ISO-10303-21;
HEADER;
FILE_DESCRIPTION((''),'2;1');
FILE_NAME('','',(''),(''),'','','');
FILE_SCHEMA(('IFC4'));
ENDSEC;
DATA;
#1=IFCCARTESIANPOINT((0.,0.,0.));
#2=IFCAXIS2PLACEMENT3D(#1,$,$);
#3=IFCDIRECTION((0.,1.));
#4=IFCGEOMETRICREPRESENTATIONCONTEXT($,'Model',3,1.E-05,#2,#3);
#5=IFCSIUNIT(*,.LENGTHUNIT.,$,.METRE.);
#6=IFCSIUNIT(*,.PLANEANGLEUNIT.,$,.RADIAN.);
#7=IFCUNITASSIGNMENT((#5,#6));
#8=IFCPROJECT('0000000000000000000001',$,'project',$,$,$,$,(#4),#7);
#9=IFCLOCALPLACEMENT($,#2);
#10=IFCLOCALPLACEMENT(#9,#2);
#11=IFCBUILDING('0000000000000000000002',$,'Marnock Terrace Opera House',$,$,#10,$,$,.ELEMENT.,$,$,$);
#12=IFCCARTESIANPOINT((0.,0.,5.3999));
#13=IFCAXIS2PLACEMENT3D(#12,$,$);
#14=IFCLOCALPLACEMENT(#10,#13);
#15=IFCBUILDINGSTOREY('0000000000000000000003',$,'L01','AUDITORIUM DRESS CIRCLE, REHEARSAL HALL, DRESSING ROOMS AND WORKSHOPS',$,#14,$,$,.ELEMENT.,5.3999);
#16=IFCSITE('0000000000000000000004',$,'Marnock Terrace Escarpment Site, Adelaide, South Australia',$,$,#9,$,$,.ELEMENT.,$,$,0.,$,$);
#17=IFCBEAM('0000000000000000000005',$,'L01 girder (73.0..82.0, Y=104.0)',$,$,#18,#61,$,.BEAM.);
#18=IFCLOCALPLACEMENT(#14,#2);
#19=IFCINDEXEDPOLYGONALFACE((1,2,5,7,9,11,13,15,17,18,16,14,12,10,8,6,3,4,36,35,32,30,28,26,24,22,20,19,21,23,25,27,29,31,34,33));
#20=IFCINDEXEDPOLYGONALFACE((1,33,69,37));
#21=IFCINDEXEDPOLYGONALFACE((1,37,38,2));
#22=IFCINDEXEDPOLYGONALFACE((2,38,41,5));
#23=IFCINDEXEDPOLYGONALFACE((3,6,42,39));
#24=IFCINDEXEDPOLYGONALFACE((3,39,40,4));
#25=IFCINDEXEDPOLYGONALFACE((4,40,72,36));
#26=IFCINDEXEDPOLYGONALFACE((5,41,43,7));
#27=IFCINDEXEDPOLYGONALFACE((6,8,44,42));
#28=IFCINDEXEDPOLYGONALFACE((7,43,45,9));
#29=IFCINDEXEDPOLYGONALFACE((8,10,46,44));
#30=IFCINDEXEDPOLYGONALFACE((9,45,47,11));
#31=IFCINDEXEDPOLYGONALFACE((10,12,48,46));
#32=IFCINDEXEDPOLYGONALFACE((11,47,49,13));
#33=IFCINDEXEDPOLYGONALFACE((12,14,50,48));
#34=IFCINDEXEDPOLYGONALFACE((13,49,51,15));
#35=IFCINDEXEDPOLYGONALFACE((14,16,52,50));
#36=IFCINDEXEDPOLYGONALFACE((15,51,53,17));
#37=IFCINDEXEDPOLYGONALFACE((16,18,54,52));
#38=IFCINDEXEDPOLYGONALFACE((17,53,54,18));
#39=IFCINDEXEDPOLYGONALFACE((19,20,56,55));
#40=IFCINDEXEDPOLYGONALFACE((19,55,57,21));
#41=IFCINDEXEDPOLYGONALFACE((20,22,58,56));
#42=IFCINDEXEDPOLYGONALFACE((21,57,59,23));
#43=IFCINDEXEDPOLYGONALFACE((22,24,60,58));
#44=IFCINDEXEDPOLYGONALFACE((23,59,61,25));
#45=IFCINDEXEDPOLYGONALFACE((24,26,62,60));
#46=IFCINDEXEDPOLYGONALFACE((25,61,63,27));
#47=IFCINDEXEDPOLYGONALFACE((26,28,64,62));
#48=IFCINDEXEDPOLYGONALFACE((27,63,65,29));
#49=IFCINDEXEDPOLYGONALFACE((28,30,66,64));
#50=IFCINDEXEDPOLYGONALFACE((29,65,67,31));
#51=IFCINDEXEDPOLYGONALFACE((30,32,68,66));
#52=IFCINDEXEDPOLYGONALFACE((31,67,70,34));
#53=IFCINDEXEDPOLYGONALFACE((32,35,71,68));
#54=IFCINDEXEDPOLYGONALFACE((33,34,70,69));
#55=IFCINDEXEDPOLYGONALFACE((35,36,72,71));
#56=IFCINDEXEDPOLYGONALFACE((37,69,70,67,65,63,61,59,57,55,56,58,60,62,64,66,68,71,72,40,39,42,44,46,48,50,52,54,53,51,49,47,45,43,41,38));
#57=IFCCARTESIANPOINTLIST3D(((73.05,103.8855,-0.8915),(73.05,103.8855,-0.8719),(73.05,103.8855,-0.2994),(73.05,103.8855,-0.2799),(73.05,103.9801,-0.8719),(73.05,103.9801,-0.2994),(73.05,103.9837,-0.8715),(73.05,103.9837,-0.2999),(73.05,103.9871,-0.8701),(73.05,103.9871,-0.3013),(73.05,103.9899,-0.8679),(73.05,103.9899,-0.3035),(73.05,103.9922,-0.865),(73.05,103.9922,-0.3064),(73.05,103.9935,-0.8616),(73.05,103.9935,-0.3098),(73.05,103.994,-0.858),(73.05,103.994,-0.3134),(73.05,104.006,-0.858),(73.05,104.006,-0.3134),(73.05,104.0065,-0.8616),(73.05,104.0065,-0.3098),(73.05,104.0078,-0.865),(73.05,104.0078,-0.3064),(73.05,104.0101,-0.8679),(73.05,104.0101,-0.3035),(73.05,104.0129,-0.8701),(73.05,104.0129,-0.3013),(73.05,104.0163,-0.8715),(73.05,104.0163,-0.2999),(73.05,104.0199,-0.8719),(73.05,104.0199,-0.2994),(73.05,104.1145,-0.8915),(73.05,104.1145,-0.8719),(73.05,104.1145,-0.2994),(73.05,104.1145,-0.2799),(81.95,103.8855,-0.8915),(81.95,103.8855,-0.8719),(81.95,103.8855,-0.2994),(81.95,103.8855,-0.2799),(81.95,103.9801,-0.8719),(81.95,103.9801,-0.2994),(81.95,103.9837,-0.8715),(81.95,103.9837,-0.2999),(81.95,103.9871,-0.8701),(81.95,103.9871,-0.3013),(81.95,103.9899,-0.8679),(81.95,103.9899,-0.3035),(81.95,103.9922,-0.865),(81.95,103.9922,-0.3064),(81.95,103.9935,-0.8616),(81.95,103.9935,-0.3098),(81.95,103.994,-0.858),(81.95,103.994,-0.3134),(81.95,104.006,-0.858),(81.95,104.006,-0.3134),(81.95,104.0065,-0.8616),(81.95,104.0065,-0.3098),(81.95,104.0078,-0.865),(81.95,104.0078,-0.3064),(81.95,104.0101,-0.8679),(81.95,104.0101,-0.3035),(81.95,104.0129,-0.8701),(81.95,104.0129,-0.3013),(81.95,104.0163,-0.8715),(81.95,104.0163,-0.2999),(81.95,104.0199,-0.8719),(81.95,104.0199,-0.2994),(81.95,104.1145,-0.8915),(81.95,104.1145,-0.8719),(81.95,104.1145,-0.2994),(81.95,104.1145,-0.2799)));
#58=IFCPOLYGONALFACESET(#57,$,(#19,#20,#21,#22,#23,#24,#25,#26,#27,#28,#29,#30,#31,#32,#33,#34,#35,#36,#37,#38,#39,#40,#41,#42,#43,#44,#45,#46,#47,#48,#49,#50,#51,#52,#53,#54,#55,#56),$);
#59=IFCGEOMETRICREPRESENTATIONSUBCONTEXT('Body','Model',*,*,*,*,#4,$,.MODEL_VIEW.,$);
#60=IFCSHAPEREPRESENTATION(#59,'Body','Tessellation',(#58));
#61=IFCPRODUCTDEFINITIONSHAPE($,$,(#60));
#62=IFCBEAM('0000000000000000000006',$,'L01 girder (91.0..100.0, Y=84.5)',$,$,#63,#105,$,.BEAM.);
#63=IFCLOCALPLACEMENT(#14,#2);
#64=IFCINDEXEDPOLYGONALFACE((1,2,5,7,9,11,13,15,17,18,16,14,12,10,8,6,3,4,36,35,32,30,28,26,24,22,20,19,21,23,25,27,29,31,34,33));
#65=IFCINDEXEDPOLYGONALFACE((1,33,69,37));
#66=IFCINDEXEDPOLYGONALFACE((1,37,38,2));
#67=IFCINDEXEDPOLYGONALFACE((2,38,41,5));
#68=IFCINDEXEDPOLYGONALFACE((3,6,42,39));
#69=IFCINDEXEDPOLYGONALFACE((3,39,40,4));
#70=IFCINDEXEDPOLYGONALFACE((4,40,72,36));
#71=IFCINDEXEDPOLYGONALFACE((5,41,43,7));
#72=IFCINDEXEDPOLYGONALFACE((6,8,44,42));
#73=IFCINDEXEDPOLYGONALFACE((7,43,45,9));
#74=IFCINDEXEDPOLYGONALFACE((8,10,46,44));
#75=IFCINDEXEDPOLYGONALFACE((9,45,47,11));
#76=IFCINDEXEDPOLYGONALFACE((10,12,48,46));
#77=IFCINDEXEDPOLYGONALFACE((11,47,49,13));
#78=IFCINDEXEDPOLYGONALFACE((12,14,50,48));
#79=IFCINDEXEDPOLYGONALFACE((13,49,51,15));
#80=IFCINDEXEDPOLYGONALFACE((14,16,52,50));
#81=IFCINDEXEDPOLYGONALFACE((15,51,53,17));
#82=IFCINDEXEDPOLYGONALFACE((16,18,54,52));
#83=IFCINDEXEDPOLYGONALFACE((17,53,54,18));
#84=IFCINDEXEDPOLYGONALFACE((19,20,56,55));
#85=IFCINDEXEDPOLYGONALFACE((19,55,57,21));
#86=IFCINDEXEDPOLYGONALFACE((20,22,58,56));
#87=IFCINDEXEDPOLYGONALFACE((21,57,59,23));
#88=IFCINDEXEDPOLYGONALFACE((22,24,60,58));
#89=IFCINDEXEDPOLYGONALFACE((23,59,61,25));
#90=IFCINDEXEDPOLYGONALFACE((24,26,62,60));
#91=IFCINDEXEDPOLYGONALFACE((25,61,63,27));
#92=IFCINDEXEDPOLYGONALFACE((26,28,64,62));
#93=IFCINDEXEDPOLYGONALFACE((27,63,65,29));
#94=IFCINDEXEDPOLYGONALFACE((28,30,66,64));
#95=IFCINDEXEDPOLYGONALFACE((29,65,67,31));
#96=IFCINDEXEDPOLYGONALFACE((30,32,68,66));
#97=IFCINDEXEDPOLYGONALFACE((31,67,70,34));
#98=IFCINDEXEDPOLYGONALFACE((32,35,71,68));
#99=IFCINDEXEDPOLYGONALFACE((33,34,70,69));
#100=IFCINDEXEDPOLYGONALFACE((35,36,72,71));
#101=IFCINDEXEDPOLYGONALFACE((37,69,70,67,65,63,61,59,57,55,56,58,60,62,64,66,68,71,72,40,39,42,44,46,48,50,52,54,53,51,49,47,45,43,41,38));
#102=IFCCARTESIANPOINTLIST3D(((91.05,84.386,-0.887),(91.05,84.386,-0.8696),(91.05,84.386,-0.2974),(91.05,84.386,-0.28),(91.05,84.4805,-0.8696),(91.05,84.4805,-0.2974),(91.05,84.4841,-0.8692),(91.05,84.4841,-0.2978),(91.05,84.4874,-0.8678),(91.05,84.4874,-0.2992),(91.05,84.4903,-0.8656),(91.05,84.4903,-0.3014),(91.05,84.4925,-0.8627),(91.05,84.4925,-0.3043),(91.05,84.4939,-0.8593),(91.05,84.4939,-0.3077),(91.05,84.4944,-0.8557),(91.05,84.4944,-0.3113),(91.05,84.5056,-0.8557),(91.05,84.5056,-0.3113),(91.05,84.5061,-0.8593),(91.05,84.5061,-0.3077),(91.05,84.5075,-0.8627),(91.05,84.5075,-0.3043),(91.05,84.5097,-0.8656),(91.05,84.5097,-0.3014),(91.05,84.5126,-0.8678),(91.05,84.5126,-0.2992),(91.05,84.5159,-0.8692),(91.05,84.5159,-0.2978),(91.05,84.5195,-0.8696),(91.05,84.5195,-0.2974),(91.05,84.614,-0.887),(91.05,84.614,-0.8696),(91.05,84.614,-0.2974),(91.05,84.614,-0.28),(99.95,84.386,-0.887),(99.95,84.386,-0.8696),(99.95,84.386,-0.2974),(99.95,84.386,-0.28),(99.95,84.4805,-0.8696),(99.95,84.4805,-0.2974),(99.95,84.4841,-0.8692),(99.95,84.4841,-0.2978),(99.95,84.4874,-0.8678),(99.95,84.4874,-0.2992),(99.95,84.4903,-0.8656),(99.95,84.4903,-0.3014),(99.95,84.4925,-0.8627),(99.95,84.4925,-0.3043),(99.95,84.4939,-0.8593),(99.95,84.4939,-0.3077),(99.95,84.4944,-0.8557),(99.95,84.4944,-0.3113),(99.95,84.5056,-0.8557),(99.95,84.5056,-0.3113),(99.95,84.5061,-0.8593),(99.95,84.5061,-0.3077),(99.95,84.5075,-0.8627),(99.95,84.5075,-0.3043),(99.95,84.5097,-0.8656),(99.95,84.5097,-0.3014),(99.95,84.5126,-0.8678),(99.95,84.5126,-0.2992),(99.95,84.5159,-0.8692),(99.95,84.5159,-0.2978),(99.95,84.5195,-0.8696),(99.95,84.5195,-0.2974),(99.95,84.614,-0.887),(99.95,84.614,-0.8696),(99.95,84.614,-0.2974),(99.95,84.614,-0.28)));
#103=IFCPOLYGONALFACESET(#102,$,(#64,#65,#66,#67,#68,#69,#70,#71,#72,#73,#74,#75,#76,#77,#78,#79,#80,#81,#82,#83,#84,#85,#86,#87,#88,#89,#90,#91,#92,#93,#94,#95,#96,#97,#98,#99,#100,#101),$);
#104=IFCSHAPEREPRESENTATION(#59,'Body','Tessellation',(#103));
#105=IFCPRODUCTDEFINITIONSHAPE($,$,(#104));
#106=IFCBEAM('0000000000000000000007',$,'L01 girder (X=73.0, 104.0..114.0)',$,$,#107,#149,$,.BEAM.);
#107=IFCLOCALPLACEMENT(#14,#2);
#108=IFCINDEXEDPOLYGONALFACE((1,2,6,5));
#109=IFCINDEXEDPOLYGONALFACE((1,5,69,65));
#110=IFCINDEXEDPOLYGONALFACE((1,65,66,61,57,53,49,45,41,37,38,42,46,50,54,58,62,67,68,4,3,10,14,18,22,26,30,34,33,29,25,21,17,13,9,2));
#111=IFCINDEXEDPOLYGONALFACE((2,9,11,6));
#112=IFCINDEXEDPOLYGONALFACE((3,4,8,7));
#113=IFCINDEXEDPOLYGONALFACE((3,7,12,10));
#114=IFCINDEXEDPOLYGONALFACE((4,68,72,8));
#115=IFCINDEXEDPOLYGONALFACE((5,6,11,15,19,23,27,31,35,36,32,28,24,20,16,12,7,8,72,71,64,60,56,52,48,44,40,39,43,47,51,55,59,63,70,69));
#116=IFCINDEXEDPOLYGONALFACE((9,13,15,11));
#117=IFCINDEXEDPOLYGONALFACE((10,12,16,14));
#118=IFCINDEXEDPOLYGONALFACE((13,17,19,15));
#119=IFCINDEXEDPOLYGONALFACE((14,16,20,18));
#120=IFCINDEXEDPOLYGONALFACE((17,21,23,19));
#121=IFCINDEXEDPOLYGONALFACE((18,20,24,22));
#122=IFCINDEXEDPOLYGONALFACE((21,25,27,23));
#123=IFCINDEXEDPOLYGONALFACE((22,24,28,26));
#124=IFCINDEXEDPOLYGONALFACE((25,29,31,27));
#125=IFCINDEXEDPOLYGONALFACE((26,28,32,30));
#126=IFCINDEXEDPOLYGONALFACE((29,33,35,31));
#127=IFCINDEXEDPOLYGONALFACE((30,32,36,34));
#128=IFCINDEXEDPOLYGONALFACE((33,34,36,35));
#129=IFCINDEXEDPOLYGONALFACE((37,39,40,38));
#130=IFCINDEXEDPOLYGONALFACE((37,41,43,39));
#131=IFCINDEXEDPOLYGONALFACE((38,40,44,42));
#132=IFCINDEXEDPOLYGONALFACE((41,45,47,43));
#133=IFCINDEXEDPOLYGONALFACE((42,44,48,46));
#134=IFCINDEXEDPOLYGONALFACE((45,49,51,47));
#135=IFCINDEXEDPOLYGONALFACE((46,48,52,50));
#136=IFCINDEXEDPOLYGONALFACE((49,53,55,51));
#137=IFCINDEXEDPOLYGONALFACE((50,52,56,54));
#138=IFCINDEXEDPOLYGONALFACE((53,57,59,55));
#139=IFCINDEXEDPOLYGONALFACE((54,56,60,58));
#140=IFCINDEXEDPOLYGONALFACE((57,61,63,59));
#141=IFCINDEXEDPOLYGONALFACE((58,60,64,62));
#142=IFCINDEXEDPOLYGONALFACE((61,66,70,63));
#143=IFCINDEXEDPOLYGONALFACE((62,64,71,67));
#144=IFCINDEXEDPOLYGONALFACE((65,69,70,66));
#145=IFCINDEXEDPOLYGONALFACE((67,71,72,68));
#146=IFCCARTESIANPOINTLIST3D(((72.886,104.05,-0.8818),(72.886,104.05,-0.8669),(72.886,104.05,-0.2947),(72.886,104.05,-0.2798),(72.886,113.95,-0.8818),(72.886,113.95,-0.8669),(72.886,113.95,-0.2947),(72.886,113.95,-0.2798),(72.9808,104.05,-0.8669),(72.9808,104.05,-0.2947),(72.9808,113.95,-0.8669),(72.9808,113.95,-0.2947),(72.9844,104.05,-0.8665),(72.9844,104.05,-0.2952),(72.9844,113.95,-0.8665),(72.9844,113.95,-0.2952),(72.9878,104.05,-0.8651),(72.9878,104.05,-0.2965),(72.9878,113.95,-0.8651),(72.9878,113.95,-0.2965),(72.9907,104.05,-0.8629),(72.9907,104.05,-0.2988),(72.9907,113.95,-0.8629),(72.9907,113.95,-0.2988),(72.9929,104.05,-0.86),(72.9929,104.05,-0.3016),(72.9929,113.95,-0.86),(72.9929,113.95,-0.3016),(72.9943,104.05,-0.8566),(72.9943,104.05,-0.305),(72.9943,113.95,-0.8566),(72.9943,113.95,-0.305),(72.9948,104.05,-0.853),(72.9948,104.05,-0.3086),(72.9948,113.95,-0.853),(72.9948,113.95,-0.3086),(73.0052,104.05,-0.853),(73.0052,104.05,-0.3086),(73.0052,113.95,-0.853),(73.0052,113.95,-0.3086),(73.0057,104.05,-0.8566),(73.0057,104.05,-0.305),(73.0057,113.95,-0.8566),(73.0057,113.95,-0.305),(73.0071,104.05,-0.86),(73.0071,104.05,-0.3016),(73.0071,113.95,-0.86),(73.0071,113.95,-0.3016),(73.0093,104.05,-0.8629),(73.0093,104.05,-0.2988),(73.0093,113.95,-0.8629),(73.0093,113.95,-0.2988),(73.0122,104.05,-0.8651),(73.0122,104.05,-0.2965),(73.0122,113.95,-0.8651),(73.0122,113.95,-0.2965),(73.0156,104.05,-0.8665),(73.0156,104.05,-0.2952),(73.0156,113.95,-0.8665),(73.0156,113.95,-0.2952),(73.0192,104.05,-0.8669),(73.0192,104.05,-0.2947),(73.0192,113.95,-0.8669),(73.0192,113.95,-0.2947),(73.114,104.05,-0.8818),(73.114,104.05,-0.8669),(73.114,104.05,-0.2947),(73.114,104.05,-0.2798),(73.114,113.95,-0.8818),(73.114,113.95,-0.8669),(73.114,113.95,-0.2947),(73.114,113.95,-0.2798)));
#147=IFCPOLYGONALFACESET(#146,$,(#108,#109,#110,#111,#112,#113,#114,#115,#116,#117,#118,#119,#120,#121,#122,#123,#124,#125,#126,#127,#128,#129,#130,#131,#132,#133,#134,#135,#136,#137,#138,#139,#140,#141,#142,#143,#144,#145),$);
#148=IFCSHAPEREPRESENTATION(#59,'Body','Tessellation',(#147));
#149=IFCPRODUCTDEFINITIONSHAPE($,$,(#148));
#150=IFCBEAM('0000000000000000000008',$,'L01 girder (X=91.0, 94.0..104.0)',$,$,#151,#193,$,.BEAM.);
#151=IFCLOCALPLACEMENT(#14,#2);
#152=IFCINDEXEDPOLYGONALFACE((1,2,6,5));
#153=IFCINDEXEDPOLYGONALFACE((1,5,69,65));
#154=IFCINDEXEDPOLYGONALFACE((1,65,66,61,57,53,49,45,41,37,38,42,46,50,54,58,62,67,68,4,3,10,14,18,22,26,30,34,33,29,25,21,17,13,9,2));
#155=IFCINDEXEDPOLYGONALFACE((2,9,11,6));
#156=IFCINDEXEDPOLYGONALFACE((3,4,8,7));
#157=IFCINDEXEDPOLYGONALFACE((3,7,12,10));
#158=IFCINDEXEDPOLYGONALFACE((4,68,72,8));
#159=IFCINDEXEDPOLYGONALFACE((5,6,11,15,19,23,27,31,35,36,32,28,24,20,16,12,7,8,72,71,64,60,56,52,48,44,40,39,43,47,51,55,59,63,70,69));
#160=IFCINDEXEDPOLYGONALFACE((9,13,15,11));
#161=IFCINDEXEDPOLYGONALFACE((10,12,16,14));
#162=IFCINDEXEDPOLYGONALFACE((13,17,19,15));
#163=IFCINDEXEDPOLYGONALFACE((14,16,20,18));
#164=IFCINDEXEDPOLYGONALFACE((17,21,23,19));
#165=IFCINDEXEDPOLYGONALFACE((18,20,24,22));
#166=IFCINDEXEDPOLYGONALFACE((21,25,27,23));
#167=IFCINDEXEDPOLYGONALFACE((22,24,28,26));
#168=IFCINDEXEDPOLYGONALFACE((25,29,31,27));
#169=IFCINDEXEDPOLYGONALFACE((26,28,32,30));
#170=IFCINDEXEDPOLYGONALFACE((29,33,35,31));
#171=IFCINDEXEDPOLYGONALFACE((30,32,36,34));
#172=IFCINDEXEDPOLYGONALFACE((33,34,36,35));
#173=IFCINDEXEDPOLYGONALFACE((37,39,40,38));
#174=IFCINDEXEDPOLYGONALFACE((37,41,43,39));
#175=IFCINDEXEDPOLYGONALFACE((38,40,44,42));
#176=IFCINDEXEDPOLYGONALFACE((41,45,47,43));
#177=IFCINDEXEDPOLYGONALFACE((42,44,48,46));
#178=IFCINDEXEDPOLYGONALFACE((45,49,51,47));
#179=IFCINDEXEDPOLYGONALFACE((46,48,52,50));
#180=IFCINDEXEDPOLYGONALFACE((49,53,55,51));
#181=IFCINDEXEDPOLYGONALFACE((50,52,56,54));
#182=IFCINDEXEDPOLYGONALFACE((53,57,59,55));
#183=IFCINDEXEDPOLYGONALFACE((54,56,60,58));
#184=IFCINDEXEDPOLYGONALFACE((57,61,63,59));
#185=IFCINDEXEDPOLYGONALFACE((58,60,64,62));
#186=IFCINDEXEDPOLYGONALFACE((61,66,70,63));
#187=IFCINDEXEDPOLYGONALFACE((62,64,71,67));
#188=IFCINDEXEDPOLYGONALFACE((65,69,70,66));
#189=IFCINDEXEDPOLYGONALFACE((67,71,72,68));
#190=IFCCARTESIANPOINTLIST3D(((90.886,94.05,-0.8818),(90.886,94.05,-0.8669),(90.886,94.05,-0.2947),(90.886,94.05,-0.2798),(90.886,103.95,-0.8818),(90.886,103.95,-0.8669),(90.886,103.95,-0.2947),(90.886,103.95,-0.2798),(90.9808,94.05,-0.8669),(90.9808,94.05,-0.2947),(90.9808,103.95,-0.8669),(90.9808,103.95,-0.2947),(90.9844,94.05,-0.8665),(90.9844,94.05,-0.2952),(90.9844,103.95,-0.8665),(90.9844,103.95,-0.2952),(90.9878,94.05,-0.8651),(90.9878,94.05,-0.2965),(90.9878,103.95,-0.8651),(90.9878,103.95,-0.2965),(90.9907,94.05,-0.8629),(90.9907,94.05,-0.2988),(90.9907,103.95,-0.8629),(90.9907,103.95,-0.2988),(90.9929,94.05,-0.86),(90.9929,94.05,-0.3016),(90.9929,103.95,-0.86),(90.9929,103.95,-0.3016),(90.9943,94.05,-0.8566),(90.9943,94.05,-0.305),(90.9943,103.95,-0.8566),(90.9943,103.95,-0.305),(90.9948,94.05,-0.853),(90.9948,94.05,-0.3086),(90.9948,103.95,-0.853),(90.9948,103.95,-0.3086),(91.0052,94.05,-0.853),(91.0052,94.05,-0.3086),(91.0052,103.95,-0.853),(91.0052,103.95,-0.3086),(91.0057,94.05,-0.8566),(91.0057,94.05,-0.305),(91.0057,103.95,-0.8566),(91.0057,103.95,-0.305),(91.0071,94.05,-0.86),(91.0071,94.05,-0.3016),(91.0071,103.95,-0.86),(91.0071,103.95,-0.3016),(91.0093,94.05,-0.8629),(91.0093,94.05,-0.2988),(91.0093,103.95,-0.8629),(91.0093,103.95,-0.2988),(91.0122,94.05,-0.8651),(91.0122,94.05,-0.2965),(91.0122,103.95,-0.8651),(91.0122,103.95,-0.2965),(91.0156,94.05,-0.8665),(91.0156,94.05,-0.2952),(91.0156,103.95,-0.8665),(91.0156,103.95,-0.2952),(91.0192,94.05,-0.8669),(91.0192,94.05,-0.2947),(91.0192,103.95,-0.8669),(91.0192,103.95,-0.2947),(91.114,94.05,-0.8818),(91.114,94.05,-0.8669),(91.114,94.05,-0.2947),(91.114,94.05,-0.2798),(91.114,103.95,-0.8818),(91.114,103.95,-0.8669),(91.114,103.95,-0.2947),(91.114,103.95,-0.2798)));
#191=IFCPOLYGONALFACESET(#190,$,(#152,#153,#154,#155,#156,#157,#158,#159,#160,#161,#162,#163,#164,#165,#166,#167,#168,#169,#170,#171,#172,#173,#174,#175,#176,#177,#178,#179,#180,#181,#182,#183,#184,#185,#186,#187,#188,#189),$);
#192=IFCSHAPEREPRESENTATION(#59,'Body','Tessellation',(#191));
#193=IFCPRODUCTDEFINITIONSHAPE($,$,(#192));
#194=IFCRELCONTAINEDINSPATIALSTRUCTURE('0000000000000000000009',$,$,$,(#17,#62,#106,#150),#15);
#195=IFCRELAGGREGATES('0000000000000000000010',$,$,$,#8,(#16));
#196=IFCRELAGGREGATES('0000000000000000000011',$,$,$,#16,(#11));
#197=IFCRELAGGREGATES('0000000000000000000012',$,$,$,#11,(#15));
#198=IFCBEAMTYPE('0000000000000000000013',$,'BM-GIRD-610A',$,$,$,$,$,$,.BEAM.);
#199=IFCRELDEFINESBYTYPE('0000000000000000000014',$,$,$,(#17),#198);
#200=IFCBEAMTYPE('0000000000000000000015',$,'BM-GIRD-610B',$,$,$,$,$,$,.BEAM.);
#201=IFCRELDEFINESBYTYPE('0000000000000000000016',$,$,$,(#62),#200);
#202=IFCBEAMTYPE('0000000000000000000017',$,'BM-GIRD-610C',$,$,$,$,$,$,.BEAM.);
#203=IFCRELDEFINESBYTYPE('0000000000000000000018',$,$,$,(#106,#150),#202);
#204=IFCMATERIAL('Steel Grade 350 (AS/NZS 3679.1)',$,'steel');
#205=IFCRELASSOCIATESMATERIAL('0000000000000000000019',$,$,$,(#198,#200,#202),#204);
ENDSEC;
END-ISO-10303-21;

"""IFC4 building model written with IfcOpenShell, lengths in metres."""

from ifc_helpers import new_model, si_unit, direction, frame, origin, origin_2d, place, context, subcontext, project, spatial, i_section, extrude, material, material_profile, profile_set, type_object, element, save


model = new_model("IFC4")

# Units and contexts
model_context = context("Model", 3, precision=1e-05, world=origin(), true_north=direction((0.0, 1.0)))
body_context = subcontext(model_context, "Body", "Model", "MODEL_VIEW")
ifc_project = project(units=[si_unit("LENGTHUNIT", "METRE"), si_unit("PLANEANGLEUNIT", "RADIAN")], contexts=[model_context])

# Site, building, storey
site_placement = place(None, origin())
site = spatial("IfcSite", under=ifc_project, at=site_placement, Name="Marnock Terrace Escarpment Site, Adelaide, South Australia", CompositionType="ELEMENT", RefElevation=0.0)
building_placement = place(site_placement, origin())
building = spatial("IfcBuilding", under=site, at=building_placement, Name="Marnock Terrace Opera House", CompositionType="ELEMENT")
storey_placement = place(building_placement, frame((0.0, 0.0, 5.3999)))
storey = spatial("IfcBuildingStorey", under=building, at=storey_placement, Name="L01", Description="AUDITORIUM DRESS CIRCLE, REHEARSAL HALL, DRESSING ROOMS AND WORKSHOPS", CompositionType="ELEMENT", Elevation=5.3999)

# Beams
ifc_material_1 = material(Name="Steel Grade 350 (AS/NZS 3679.1)", Category="steel")
ifc_material_profile_1 = material_profile(ifc_material_1, i_section(OverallWidth=0.229, OverallDepth=0.6116, WebThickness=0.012, FlangeThickness=0.0195, FilletRadius=0.0139, at=origin_2d()))
ifc_profile_set_1 = profile_set([ifc_material_profile_1], Name="Steel Grade 350 (AS/NZS 3679.1)")
beam_type_1 = type_object("IfcBeamType", Name="BM-GIRD-610A", PredefinedType="BEAM", material=ifc_profile_set_1)
beam_1_placement = place(storey_placement, frame((73.05, 104.0, -0.5857), z_axis=(1.0, 0.0, 0.0), x_axis=(0.0, 1.0, 0.0)))
element("IfcBeam", 1, at=beam_1_placement, inside=storey, type_object=beam_type_1, Name="L01 girder (73.0..82.0, Y=104.0)", PredefinedType="BEAM", context=body_context, shape_type="SweptSolid", body=[
    extrude(i_section(OverallWidth=0.229, OverallDepth=0.6116, WebThickness=0.012, FlangeThickness=0.0195, FilletRadius=0.0139, at=origin_2d()), origin(), (0.0, 0.0, 1.0), 8.8999),
])
ifc_material_profile_2 = material_profile(ifc_material_1, i_section(OverallWidth=0.228, OverallDepth=0.6069, WebThickness=0.0112, FlangeThickness=0.0173, FilletRadius=0.0139, at=origin_2d()))
ifc_profile_set_2 = profile_set([ifc_material_profile_2], Name="Steel Grade 350 (AS/NZS 3679.1)")
beam_type_2 = type_object("IfcBeamType", Name="BM-GIRD-610B", PredefinedType="BEAM", material=ifc_profile_set_2)
beam_2_placement = place(storey_placement, frame((91.05, 84.5, -0.5835), z_axis=(1.0, 0.0, 0.0), x_axis=(0.0, 1.0, 0.0)))
element("IfcBeam", 2, at=beam_2_placement, inside=storey, type_object=beam_type_2, Name="L01 girder (91.0..100.0, Y=84.5)", PredefinedType="BEAM", context=body_context, shape_type="SweptSolid", body=[
    extrude(i_section(OverallWidth=0.228, OverallDepth=0.6069, WebThickness=0.0112, FlangeThickness=0.0173, FilletRadius=0.0139, at=origin_2d()), origin(), (0.0, 0.0, 1.0), 8.8999),
])
ifc_material_profile_3 = material_profile(ifc_material_1, i_section(OverallWidth=0.228, OverallDepth=0.6021, WebThickness=0.0105, FlangeThickness=0.0149, FilletRadius=0.0139, at=origin_2d()))
ifc_profile_set_3 = profile_set([ifc_material_profile_3], Name="Steel Grade 350 (AS/NZS 3679.1)")
beam_type_3 = type_object("IfcBeamType", Name="BM-GIRD-610C", PredefinedType="BEAM", material=ifc_profile_set_3)
for number, where, z_axis, x_axis, name in (
    (3, (73.0, 104.05, -0.5808), (0.0, 1.0, 0.0), (-1.0, 0.0, 0.0), "L01 girder (X=73.0, 104.0..114.0)"),
    (4, (91.0, 94.05, -0.5808), (0.0, 1.0, 0.0), (-1.0, 0.0, 0.0), "L01 girder (X=91.0, 94.0..104.0)"),
):
    element("IfcBeam", number, at=place(storey_placement, frame(where, z_axis=z_axis, x_axis=x_axis)), inside=storey, type_object=beam_type_3, Name=name, PredefinedType="BEAM", context=body_context, shape_type="SweptSolid", body=[
        extrude(i_section(OverallWidth=0.228, OverallDepth=0.6021, WebThickness=0.0105, FlangeThickness=0.0149, FilletRadius=0.0139, at=origin_2d()), origin(), (0.0, 0.0, 1.0), 9.8999),
    ])

save(model, "model.ifc")
